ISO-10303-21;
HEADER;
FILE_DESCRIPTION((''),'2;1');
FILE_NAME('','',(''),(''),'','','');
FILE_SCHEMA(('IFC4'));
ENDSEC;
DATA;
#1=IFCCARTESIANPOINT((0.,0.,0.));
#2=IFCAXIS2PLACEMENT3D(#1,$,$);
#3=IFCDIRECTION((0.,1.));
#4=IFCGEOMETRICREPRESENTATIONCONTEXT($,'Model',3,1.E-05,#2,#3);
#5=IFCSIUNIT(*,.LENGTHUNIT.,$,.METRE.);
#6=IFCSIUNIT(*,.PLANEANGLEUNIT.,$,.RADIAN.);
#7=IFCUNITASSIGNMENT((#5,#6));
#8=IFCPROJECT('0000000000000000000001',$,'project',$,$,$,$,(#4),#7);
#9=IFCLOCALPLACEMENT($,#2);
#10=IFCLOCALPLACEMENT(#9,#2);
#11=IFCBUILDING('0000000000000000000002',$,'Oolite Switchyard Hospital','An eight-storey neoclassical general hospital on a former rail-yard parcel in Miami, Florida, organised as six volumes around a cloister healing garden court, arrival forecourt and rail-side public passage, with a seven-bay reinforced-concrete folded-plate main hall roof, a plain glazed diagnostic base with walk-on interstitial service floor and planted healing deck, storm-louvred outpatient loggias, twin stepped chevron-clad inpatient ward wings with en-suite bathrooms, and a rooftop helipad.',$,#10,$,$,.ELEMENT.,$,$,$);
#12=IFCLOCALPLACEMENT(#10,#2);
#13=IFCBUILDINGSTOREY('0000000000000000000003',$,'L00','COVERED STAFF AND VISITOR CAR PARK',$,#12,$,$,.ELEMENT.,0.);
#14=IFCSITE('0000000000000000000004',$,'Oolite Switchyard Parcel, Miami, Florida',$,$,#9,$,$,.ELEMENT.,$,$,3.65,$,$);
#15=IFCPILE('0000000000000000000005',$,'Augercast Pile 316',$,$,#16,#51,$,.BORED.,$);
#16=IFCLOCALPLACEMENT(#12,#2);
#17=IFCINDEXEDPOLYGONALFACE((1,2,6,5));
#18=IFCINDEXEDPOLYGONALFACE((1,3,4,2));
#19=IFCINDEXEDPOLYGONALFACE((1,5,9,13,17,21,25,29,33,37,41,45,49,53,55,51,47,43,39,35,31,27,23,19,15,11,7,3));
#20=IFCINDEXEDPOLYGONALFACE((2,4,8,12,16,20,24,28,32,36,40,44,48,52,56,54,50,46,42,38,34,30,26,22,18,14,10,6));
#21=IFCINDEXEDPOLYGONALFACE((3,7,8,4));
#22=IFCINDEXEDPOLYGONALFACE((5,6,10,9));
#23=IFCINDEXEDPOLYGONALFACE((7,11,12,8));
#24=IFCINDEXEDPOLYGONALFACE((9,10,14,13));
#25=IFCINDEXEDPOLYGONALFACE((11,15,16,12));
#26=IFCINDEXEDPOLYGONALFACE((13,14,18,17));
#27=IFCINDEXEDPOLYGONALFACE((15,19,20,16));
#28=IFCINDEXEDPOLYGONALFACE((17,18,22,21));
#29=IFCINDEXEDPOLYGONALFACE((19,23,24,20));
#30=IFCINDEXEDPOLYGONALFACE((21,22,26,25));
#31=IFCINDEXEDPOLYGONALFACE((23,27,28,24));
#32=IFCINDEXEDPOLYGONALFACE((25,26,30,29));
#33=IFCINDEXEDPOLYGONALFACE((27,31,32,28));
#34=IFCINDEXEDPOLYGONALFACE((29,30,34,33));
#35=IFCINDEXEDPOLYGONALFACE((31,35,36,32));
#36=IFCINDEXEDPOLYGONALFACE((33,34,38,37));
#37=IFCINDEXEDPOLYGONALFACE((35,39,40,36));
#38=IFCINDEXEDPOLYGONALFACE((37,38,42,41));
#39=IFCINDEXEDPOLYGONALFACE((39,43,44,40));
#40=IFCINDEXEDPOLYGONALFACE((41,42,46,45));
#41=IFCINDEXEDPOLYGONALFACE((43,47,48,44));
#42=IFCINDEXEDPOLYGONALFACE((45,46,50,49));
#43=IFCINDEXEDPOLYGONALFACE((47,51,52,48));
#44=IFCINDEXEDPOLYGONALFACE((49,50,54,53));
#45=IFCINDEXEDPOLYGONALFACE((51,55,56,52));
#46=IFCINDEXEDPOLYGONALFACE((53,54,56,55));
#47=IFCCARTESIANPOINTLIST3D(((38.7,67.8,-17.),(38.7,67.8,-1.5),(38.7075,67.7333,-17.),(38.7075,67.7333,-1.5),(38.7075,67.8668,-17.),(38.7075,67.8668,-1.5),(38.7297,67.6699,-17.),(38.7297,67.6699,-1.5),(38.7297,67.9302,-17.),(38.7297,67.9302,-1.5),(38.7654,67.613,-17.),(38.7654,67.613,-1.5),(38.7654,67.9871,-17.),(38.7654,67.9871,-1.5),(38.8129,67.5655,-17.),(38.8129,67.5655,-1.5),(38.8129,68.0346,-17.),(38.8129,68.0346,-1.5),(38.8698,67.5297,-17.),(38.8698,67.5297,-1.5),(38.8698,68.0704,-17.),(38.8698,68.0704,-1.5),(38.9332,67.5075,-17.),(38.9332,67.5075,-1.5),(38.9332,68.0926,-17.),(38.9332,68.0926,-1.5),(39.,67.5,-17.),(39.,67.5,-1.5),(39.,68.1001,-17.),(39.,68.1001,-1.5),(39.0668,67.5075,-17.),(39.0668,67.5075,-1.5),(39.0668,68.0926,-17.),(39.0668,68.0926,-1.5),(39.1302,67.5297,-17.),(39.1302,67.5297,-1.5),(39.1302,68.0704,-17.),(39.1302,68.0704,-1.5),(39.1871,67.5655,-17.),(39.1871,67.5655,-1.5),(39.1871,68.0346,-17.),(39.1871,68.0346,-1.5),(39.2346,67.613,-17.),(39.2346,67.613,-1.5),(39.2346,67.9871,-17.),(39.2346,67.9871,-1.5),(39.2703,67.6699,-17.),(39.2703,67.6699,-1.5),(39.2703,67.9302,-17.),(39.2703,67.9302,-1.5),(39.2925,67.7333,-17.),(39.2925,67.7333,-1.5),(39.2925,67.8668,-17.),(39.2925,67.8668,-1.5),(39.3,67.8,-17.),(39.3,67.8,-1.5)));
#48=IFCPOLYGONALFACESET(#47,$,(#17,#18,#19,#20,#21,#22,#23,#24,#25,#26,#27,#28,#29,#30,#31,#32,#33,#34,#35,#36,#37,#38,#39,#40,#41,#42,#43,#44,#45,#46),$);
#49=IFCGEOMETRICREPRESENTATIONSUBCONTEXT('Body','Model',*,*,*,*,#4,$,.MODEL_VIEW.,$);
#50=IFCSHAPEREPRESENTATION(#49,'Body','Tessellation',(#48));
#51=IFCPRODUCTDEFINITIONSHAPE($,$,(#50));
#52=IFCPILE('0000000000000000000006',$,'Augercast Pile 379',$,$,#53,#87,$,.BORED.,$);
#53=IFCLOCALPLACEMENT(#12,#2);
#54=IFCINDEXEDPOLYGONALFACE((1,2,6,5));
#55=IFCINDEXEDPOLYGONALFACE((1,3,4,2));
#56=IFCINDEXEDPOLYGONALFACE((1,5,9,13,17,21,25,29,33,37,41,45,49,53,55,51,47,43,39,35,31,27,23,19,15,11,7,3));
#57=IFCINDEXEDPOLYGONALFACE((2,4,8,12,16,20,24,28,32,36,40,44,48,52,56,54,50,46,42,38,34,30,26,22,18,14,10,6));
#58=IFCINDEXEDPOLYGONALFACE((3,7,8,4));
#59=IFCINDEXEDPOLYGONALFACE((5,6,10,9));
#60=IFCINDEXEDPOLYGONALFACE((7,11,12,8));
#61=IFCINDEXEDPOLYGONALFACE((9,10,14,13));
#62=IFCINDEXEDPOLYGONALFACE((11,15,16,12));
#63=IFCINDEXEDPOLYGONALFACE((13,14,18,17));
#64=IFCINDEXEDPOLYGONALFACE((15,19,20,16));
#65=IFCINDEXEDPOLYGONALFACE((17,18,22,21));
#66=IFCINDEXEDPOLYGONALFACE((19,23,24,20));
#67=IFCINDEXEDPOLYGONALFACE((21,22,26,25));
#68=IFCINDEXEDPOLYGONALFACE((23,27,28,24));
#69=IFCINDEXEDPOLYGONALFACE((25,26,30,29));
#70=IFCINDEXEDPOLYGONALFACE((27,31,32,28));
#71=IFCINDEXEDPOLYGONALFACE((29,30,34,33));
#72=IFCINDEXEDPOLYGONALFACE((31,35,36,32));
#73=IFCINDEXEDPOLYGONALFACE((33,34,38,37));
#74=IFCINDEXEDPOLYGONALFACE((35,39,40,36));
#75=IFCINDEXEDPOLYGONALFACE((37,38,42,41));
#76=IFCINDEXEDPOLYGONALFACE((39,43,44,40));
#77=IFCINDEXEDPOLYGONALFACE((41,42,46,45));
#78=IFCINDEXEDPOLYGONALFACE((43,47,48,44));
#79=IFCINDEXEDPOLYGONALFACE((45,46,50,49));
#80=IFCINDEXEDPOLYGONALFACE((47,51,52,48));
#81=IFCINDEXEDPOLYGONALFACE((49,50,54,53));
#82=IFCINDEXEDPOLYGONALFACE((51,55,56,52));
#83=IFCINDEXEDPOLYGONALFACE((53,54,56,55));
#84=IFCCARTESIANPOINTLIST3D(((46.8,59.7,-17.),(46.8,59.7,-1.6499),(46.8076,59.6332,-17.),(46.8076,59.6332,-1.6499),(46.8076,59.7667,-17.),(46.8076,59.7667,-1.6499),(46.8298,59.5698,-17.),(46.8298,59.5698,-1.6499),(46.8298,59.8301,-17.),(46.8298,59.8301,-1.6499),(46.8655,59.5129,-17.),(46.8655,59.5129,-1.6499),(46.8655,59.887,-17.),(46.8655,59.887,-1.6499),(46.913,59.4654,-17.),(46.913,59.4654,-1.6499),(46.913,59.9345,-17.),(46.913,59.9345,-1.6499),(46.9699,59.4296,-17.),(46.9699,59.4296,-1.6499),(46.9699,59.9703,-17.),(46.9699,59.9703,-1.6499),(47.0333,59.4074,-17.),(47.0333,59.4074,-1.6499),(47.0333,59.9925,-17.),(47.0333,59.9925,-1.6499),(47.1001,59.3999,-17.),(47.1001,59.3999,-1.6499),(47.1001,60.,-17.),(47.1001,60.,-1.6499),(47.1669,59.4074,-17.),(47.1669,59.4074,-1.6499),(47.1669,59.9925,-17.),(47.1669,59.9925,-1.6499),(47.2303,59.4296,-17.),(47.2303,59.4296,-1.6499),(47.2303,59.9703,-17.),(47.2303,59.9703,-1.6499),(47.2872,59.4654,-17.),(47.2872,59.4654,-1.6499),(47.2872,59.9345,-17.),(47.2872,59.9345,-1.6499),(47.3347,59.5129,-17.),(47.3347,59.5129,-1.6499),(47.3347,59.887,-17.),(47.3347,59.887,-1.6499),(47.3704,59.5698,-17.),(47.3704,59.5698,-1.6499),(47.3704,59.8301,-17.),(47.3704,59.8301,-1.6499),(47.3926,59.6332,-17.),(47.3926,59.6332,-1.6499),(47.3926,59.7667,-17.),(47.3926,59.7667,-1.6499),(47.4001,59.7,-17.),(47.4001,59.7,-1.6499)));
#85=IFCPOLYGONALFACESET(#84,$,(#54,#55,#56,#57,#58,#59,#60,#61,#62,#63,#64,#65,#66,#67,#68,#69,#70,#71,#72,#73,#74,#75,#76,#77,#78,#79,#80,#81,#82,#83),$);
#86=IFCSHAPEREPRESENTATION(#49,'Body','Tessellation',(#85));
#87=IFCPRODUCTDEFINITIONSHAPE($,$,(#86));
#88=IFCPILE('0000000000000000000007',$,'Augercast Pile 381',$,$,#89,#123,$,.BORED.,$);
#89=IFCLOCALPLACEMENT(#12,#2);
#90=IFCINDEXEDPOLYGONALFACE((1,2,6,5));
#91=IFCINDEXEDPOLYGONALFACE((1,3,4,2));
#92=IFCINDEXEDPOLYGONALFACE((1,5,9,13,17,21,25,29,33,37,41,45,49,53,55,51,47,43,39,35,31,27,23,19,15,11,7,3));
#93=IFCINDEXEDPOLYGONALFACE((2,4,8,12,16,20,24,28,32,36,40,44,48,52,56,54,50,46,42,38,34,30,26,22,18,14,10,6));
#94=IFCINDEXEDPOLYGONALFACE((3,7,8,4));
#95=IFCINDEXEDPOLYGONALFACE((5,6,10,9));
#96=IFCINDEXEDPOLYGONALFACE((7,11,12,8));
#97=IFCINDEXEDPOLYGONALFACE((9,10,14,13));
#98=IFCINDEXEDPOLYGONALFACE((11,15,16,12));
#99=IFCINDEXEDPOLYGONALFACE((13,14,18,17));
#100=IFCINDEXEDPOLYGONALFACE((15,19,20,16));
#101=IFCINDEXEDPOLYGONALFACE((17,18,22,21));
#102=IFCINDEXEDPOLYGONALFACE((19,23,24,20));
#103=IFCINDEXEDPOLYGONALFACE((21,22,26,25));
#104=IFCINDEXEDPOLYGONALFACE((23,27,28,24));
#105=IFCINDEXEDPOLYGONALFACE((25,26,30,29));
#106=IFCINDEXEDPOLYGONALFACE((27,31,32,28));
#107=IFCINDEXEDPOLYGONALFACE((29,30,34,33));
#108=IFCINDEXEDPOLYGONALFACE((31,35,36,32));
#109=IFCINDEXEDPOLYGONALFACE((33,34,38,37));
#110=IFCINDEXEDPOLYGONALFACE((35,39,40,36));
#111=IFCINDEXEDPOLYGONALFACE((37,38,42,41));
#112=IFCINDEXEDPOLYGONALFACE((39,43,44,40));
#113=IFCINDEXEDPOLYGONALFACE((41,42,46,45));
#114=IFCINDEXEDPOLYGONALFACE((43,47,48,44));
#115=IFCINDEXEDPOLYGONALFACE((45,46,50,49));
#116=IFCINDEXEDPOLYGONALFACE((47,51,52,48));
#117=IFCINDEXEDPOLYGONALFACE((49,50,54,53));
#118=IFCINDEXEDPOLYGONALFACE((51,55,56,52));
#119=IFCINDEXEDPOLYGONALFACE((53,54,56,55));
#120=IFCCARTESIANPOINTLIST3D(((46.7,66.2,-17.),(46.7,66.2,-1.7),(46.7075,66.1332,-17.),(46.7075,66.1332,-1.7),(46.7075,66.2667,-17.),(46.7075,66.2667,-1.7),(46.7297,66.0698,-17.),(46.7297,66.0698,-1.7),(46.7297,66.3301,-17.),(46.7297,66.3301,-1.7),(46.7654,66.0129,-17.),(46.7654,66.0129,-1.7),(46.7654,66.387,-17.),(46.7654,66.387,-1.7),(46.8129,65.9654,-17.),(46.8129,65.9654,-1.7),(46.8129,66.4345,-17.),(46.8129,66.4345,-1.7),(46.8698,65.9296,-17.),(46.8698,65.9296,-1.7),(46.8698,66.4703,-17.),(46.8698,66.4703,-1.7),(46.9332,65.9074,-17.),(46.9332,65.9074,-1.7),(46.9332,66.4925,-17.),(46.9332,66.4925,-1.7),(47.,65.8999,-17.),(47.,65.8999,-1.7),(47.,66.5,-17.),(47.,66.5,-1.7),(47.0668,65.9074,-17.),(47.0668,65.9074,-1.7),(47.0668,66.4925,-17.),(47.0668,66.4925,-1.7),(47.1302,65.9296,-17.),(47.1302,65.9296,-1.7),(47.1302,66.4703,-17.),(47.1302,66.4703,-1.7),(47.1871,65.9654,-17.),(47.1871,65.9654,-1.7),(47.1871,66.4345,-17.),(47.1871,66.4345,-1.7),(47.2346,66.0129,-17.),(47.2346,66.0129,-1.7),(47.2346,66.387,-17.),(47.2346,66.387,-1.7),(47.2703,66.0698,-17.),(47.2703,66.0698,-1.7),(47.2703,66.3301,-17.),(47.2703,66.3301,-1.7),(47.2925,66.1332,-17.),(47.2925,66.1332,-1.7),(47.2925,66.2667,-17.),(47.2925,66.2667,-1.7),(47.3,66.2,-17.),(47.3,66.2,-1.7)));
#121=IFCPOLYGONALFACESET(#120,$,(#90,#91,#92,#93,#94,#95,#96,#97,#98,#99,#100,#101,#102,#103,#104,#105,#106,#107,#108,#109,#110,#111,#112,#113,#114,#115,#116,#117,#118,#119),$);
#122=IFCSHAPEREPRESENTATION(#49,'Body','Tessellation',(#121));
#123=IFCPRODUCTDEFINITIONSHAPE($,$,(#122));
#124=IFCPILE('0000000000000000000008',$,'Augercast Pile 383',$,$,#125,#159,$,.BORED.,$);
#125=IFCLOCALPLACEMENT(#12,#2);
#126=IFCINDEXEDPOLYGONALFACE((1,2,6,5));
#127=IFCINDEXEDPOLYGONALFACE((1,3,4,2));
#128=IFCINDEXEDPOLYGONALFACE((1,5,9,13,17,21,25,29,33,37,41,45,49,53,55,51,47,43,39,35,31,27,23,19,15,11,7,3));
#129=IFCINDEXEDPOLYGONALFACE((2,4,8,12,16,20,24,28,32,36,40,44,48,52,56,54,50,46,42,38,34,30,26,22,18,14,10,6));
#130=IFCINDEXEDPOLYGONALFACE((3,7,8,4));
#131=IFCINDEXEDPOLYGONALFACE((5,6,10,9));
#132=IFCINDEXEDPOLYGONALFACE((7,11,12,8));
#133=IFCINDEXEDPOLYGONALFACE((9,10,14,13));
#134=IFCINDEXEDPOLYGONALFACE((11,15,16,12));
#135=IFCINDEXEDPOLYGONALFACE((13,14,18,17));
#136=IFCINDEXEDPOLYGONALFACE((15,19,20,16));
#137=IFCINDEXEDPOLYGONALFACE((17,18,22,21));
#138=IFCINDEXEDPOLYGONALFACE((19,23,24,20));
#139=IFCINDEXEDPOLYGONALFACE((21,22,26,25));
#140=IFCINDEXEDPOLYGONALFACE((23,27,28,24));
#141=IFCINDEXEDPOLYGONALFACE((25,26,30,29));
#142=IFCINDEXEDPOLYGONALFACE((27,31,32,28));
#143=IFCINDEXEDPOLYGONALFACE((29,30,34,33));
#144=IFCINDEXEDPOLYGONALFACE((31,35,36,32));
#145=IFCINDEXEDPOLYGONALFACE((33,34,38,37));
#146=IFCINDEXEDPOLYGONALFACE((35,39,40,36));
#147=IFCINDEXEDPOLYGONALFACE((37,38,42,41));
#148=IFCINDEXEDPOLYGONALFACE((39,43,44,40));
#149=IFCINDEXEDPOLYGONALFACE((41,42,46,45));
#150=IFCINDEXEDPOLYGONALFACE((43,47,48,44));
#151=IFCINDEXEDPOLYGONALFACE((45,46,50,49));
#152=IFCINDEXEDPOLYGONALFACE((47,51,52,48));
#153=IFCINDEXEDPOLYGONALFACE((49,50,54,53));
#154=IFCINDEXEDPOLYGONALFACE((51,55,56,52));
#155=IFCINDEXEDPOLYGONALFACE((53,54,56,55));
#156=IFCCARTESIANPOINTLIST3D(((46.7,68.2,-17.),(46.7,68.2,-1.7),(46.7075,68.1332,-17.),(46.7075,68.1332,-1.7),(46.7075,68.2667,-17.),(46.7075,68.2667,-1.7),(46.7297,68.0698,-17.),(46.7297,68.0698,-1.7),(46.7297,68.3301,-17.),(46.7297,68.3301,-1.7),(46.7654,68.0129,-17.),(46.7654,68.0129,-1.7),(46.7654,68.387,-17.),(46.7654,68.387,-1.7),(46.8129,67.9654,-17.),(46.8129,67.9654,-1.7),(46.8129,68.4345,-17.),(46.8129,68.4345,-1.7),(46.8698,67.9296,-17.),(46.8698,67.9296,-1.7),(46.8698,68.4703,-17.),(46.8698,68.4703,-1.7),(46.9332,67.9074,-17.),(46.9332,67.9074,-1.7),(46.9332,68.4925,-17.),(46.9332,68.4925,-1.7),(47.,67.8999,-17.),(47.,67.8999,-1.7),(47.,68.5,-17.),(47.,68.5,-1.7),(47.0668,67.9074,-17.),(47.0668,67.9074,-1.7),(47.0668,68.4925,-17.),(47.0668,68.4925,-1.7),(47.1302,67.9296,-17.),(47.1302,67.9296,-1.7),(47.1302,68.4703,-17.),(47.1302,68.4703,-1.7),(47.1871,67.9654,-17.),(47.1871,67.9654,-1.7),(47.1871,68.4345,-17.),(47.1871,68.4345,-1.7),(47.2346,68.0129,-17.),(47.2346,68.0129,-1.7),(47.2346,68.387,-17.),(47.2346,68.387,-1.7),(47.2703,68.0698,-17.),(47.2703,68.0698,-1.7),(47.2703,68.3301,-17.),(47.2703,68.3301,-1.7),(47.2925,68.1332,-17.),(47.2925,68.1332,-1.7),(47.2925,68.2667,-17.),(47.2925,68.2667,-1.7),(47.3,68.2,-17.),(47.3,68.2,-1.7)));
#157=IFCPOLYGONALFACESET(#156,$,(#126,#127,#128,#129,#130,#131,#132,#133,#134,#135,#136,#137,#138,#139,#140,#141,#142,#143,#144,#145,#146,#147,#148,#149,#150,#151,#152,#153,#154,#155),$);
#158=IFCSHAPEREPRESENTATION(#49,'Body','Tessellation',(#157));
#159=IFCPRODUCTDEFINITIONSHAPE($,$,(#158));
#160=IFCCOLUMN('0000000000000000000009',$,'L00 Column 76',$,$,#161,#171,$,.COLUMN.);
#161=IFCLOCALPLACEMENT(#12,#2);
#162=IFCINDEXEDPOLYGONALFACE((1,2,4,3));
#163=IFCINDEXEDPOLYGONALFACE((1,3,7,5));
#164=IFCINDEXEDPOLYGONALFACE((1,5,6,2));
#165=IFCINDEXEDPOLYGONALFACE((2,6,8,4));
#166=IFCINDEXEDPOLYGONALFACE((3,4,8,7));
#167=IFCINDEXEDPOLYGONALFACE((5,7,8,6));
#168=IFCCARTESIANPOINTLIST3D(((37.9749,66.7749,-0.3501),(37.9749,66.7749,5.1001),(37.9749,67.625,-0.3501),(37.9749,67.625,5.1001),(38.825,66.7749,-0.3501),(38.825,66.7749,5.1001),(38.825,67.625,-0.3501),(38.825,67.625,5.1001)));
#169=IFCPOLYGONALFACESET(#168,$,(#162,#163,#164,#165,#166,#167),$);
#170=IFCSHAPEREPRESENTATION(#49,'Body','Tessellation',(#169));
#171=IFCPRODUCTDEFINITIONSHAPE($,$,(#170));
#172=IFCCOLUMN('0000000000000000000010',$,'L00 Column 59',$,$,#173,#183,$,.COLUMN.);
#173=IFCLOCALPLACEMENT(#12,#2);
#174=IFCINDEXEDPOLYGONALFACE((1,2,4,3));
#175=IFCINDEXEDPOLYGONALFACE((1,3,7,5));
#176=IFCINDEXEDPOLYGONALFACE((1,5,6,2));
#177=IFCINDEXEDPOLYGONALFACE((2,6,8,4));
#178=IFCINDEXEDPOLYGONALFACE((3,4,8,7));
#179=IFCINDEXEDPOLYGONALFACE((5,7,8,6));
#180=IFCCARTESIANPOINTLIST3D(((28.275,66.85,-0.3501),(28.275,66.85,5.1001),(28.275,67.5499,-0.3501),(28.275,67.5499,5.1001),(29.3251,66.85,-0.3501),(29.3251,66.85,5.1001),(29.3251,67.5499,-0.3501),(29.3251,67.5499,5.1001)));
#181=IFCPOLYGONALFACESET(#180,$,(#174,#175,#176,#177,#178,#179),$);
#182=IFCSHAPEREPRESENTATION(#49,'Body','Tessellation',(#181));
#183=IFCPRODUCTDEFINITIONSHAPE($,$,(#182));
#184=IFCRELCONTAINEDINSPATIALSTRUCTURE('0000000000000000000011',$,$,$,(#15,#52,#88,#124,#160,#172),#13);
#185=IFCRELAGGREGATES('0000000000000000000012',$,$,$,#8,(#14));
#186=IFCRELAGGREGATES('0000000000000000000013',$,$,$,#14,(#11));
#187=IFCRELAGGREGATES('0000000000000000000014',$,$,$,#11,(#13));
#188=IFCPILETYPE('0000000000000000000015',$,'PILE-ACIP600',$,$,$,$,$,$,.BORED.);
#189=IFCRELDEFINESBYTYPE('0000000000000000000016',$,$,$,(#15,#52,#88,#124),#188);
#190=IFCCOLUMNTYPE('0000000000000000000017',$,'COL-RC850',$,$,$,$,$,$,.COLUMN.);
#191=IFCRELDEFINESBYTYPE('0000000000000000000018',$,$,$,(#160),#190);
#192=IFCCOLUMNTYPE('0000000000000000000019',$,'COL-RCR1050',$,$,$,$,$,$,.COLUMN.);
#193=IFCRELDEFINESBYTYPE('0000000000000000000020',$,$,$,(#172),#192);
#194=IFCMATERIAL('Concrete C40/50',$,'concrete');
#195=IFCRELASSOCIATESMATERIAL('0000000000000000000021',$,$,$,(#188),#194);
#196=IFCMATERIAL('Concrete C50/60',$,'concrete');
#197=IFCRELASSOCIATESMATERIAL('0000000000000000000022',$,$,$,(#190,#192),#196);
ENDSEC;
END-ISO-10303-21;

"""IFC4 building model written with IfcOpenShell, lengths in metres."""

from ifc_helpers import new_model, si_unit, direction, frame, origin, origin_2d, place, context, subcontext, project, spatial, rectangle, circle, extrude, material, material_profile, profile_set, type_object, element, save


model = new_model("IFC4")

# Units and contexts
model_context = context("Model", 3, precision=1e-05, world=origin(), true_north=direction((0.0, 1.0)))
body_context = subcontext(model_context, "Body", "Model", "MODEL_VIEW")
ifc_project = project(units=[si_unit("LENGTHUNIT", "METRE"), si_unit("PLANEANGLEUNIT", "RADIAN")], contexts=[model_context])

# Site, building, storey
site_placement = place(None, origin())
site = spatial("IfcSite", under=ifc_project, at=site_placement, Name="Oolite Switchyard Parcel, Miami, Florida", CompositionType="ELEMENT", RefElevation=3.65)
building_placement = place(site_placement, origin())
building = spatial("IfcBuilding", under=site, at=building_placement, Name="Oolite Switchyard Hospital", Description="An eight-storey neoclassical general hospital on a former rail-yard parcel in Miami, Florida, organised as six volumes around a cloister healing garden court, arrival forecourt and rail-side public passage, with a seven-bay reinforced-concrete folded-plate main hall roof, a plain glazed diagnostic base with walk-on interstitial service floor and planted healing deck, storm-louvred outpatient loggias, twin stepped chevron-clad inpatient ward wings with en-suite bathrooms, and a rooftop helipad.", CompositionType="ELEMENT")
storey_placement = place(building_placement, origin())
storey = spatial("IfcBuildingStorey", under=building, at=storey_placement, Name="L00", Description="COVERED STAFF AND VISITOR CAR PARK", CompositionType="ELEMENT", Elevation=0.0)

# Shared definitions
ifc_material_1 = material(Name="Concrete C40/50", Category="concrete")

# Piles
ifc_material_profile_1 = material_profile(ifc_material_1, circle(Radius=0.3, at=origin_2d()), Name="PILE600")
ifc_profile_set_1 = profile_set([ifc_material_profile_1], Name="Concrete C40/50")
pile_type = type_object("IfcPileType", Name="PILE-ACIP600", PredefinedType="BORED", material=ifc_profile_set_1)
for number, where, z_axis, x_axis, name in (
    (1, (39.0, 67.8, -1.5), (0.0, 0.0, -1.0), (1.0, 0.0, 0.0), "Augercast Pile 316"),
):
    element("IfcPile", number, at=place(storey_placement, frame(where, z_axis=z_axis, x_axis=x_axis)), inside=storey, type_object=pile_type, Name=name, PredefinedType="BORED", context=body_context, shape_type="SweptSolid", body=[
        extrude(circle(Radius=0.3, at=origin_2d()), origin(), (0.0, 0.0, 1.0), 15.5),
    ])
pile_placement = place(storey_placement, frame((47.1001, 59.7, -1.6499), z_axis=(0.0, 0.0, -1.0), x_axis=(1.0, 0.0, 0.0)))
element("IfcPile", 2, at=pile_placement, inside=storey, type_object=pile_type, Name="Augercast Pile 379", PredefinedType="BORED", context=body_context, shape_type="SweptSolid", body=[
    extrude(circle(Radius=0.3, at=origin_2d()), origin(), (0.0, 0.0, 1.0), 15.3501),
])
for number, where, z_axis, x_axis, name in (
    (3, (47.0, 66.2, -1.7), (0.0, 0.0, -1.0), (1.0, 0.0, 0.0), "Augercast Pile 381"),
    (4, (47.0, 68.2, -1.7), (0.0, 0.0, -1.0), (1.0, 0.0, 0.0), "Augercast Pile 383"),
):
    element("IfcPile", number, at=place(storey_placement, frame(where, z_axis=z_axis, x_axis=x_axis)), inside=storey, type_object=pile_type, Name=name, PredefinedType="BORED", context=body_context, shape_type="SweptSolid", body=[
        extrude(circle(Radius=0.3, at=origin_2d()), origin(), (0.0, 0.0, 1.0), 15.3),
    ])

# Columns
ifc_material_2 = material(Name="Concrete C50/60", Category="concrete")
ifc_material_profile_2 = material_profile(ifc_material_2, rectangle(XDim=0.8501, YDim=0.8501, at=origin_2d()), Name="RC850X850")
ifc_profile_set_2 = profile_set([ifc_material_profile_2], Name="Concrete C50/60")
column_type_1 = type_object("IfcColumnType", Name="COL-RC850", PredefinedType="COLUMN", material=ifc_profile_set_2)
column_1_placement = place(storey_placement, frame((38.3999, 67.2, -0.3501), z_axis=(0.0, 0.0, 1.0), x_axis=(1.0, 0.0, 0.0)))
element("IfcColumn", 5, at=column_1_placement, inside=storey, type_object=column_type_1, Name="L00 Column 76", PredefinedType="COLUMN", context=body_context, shape_type="SweptSolid", body=[
    extrude(rectangle(XDim=0.8501, YDim=0.8501, at=origin_2d()), origin(), (0.0, 0.0, 1.0), 5.4502),
])
ifc_material_profile_3 = material_profile(ifc_material_2, rectangle(XDim=1.05, YDim=0.7, at=origin_2d()), Name="RC1050X700")
ifc_profile_set_3 = profile_set([ifc_material_profile_3], Name="Concrete C50/60")
column_type_2 = type_object("IfcColumnType", Name="COL-RCR1050", PredefinedType="COLUMN", material=ifc_profile_set_3)
column_2_placement = place(storey_placement, frame((28.8, 67.2, -0.3501), z_axis=(0.0, 0.0, 1.0), x_axis=(1.0, 0.0, 0.0)))
element("IfcColumn", 6, at=column_2_placement, inside=storey, type_object=column_type_2, Name="L00 Column 59", PredefinedType="COLUMN", context=body_context, shape_type="SweptSolid", body=[
    extrude(rectangle(XDim=1.05, YDim=0.7, at=origin_2d()), origin(), (0.0, 0.0, 1.0), 5.4502),
])

save(model, "model.ifc")
